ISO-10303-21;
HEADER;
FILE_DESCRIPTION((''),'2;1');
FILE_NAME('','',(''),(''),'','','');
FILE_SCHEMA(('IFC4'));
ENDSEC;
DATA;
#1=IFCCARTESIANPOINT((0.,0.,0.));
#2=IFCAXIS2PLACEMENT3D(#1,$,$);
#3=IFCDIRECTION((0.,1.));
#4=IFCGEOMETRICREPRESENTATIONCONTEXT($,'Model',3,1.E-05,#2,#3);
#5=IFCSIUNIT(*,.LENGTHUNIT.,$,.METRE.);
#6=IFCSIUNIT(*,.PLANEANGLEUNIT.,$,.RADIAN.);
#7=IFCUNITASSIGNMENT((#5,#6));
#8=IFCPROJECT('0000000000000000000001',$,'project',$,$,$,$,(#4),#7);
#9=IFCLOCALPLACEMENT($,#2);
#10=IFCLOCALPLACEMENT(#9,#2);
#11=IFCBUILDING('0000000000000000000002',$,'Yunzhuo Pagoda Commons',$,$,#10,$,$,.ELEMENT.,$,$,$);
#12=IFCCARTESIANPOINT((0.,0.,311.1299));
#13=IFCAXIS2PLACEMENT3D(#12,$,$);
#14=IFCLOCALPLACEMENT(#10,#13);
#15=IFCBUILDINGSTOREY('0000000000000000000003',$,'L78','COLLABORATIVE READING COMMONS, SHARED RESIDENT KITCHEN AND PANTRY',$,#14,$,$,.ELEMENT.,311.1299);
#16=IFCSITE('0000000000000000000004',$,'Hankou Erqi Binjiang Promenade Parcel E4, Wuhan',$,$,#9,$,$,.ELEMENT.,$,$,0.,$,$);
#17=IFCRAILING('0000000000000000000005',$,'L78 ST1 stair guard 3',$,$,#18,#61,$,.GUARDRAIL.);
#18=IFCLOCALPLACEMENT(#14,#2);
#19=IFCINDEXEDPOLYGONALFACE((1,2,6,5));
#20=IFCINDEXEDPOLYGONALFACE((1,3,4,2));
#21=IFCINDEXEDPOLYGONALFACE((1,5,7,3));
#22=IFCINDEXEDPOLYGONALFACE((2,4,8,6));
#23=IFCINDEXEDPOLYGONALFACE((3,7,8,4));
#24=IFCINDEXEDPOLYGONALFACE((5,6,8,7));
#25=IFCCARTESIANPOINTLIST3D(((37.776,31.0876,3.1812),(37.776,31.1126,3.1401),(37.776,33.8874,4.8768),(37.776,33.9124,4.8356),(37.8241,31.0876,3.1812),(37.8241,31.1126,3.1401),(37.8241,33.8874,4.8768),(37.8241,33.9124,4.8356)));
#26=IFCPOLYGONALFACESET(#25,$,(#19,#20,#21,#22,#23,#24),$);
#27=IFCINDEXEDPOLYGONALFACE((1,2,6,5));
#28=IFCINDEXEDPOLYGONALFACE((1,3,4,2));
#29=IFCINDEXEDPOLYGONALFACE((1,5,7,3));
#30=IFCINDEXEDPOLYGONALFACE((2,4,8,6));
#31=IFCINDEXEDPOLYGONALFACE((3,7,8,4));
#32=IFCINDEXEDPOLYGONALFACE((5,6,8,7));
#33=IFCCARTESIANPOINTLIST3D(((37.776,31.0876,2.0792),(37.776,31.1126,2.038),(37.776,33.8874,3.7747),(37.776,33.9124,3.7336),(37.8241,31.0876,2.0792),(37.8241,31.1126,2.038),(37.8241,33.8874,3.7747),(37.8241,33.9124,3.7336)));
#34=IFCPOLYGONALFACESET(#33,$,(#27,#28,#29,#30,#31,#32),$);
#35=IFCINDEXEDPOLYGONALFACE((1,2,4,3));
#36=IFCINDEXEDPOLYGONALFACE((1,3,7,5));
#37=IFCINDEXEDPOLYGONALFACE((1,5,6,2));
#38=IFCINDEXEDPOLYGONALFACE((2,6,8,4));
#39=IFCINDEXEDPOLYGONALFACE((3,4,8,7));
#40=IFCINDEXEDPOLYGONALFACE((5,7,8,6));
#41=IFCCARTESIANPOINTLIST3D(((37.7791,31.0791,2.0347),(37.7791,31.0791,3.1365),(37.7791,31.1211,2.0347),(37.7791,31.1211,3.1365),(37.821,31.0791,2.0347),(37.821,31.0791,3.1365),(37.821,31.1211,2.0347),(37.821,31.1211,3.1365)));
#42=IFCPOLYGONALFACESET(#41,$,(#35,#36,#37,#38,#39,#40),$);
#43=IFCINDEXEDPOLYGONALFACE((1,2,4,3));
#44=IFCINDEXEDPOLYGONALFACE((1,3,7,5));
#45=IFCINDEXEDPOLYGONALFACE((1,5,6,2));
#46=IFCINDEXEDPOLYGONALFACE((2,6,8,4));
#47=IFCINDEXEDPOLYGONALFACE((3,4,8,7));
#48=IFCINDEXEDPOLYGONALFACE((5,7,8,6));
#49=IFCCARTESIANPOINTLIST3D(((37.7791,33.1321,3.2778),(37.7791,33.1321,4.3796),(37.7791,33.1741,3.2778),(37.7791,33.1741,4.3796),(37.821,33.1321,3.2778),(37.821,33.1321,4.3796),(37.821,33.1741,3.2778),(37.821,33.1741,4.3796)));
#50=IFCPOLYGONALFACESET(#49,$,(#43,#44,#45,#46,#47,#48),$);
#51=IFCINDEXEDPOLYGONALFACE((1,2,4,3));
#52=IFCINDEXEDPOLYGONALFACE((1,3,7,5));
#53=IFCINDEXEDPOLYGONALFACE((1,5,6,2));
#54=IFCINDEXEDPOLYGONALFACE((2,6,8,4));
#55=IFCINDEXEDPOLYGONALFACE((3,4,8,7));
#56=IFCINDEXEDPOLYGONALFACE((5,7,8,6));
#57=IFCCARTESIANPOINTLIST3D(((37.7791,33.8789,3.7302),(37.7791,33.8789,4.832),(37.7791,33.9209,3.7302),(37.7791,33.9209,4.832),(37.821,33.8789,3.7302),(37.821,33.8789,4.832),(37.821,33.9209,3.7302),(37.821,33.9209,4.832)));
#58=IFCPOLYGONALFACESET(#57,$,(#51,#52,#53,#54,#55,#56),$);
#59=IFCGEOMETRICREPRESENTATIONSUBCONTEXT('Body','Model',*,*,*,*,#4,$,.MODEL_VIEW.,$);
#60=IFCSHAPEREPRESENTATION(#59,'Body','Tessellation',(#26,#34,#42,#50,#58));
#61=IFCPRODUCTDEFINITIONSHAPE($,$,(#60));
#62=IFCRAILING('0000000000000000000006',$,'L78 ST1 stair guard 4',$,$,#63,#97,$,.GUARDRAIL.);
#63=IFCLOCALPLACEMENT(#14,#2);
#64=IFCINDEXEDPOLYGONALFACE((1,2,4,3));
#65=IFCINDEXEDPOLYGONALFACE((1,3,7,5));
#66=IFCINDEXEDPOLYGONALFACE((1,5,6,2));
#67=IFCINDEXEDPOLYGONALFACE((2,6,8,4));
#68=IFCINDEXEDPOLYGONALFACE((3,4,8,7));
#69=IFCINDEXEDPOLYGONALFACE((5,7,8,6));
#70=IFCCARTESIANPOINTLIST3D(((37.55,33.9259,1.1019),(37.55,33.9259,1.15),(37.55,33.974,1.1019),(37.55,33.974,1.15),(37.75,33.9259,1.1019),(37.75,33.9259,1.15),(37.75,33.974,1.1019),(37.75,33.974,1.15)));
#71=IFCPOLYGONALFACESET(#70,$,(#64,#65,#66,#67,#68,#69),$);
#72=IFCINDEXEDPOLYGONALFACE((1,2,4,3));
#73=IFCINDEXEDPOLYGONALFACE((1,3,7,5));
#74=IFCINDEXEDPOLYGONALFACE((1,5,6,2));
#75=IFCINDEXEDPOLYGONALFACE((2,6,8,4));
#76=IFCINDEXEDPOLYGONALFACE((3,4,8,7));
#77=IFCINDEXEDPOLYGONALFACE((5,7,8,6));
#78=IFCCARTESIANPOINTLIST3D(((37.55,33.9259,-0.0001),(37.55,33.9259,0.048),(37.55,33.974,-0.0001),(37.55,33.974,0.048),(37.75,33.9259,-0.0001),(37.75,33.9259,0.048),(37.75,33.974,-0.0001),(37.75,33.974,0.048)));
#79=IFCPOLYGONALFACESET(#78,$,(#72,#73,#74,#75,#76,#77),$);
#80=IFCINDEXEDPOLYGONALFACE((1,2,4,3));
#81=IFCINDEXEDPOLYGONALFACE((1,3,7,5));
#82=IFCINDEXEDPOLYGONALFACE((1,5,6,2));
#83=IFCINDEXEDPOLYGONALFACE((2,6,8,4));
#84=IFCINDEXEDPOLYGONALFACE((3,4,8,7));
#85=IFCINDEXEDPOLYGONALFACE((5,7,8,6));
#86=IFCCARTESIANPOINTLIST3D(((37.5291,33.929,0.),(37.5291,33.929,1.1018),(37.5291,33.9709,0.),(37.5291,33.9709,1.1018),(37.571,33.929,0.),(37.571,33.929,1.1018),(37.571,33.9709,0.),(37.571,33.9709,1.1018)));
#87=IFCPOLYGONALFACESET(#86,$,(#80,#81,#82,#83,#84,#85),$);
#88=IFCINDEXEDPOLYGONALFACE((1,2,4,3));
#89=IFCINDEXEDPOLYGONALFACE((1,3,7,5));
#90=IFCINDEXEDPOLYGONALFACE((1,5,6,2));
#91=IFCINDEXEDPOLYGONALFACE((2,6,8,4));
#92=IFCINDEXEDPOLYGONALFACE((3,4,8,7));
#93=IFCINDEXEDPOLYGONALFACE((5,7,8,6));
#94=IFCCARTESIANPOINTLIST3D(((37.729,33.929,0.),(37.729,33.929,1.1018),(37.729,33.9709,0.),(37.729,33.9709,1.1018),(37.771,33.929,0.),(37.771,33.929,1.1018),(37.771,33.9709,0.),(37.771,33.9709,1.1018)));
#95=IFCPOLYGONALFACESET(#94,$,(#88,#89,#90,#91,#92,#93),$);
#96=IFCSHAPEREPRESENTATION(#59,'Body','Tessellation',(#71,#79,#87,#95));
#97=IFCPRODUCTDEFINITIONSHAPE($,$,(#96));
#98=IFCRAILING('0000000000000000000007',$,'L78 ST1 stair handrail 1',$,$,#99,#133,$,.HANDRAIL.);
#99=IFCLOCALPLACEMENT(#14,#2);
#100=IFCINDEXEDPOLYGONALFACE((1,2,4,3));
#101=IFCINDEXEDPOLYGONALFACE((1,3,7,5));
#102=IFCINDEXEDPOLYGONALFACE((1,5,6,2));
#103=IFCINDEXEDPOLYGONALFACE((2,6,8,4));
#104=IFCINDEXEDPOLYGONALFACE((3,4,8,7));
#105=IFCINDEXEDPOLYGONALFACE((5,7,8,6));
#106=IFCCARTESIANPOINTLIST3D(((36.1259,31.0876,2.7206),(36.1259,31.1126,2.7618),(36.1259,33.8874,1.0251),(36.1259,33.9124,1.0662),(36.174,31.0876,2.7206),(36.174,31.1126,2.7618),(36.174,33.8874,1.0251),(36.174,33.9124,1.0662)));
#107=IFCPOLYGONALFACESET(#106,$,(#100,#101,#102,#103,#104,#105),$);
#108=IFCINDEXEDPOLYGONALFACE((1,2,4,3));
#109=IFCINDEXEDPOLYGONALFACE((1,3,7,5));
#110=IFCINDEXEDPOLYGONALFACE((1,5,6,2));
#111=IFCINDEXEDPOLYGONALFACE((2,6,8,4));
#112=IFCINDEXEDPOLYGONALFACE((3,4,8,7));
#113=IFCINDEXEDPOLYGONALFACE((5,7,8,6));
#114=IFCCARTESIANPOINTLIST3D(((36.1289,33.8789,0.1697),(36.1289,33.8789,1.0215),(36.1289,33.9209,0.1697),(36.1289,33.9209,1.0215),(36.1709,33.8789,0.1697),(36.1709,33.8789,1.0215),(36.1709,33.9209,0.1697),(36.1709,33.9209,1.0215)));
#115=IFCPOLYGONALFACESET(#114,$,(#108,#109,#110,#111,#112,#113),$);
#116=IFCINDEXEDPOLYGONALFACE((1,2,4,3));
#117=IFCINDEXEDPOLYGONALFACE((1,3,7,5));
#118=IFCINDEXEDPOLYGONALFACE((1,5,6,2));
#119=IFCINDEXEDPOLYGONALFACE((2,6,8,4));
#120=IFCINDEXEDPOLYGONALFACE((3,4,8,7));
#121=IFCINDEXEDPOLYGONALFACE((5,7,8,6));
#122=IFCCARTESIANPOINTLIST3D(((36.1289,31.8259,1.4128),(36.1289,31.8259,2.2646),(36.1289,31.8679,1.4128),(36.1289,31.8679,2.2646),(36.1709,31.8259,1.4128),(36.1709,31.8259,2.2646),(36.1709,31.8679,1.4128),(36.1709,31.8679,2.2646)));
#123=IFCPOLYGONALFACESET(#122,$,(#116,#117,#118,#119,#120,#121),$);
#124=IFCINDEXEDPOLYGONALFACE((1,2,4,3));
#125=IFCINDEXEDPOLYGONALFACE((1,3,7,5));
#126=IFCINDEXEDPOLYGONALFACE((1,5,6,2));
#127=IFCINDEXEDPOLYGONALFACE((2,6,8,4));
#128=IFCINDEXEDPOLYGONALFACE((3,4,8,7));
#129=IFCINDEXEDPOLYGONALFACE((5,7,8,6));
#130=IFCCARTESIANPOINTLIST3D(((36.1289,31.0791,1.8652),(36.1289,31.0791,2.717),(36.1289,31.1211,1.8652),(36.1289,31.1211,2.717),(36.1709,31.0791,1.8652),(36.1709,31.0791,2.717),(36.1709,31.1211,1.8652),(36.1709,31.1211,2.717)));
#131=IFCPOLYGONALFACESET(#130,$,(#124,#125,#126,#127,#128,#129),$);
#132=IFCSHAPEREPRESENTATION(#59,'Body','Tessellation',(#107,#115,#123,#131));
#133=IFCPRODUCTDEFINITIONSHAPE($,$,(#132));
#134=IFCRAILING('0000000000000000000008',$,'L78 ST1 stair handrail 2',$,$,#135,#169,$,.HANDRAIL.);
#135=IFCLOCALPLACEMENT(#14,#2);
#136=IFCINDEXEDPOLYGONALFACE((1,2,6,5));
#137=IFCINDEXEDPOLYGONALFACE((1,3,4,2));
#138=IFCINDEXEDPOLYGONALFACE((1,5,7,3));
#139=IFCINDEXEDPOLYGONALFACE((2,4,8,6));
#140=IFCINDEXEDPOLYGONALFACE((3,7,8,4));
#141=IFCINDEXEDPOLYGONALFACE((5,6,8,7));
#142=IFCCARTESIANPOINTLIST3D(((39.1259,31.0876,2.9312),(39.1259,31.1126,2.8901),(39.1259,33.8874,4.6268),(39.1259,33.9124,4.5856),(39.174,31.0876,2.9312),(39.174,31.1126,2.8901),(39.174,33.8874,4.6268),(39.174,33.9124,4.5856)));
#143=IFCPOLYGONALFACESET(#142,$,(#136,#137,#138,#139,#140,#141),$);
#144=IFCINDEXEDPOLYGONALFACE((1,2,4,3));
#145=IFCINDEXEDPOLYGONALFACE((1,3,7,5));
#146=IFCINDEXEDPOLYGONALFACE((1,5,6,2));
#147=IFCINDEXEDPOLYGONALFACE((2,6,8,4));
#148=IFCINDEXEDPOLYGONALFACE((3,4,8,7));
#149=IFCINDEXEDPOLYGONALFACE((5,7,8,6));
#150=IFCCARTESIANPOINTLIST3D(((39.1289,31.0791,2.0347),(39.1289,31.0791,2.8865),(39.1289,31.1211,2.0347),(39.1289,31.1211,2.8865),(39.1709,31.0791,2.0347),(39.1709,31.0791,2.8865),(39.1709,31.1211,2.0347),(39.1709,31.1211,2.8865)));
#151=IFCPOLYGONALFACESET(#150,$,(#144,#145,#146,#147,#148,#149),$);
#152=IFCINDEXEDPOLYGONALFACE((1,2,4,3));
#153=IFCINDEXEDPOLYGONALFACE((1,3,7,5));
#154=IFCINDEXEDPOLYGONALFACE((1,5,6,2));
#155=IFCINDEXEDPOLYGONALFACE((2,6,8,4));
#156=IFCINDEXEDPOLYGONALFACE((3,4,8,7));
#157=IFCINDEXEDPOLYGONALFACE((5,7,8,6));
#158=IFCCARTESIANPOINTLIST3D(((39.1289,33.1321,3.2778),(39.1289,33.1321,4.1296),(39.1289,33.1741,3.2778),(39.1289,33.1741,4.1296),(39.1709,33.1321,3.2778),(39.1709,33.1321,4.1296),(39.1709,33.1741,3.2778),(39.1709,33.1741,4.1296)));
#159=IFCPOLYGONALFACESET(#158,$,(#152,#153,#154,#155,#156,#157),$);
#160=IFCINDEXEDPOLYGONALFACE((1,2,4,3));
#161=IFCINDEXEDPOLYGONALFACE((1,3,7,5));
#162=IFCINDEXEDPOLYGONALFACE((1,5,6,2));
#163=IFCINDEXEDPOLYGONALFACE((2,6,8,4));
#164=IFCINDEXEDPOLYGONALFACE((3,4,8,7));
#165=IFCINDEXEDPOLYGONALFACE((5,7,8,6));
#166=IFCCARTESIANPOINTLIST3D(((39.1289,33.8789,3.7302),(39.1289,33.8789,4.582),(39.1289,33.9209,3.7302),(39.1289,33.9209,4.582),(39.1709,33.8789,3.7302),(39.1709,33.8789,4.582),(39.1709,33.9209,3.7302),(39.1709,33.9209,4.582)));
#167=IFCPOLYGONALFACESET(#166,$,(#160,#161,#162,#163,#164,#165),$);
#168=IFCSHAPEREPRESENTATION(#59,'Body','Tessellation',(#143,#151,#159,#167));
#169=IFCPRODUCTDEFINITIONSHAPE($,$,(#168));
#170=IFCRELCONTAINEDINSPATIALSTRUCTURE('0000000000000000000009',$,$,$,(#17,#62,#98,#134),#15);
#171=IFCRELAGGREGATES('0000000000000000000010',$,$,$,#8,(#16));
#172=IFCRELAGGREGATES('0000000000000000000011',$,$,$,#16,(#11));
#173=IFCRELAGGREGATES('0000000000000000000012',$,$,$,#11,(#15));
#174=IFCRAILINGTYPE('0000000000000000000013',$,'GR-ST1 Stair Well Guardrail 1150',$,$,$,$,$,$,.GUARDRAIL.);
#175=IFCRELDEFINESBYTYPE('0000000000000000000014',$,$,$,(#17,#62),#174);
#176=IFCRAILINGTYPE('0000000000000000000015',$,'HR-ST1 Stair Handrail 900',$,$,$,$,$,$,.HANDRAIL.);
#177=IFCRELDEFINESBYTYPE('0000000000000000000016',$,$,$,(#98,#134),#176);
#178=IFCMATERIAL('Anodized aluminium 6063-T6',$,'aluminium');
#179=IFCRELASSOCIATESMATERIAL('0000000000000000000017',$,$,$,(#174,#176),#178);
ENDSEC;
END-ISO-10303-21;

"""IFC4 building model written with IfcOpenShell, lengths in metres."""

from ifc_helpers import new_model, si_unit, direction, frame, origin, origin_2d, place, context, subcontext, project, spatial, rectangle, extrude, material, type_object, element, save


model = new_model("IFC4")

# Units and contexts
model_context = context("Model", 3, precision=1e-05, world=origin(), true_north=direction((0.0, 1.0)))
body_context = subcontext(model_context, "Body", "Model", "MODEL_VIEW")
ifc_project = project(units=[si_unit("LENGTHUNIT", "METRE"), si_unit("PLANEANGLEUNIT", "RADIAN")], contexts=[model_context])

# Site, building, storey
site_placement = place(None, origin())
site = spatial("IfcSite", under=ifc_project, at=site_placement, Name="Hankou Erqi Binjiang Promenade Parcel E4, Wuhan", CompositionType="ELEMENT", RefElevation=0.0)
building_placement = place(site_placement, origin())
building = spatial("IfcBuilding", under=site, at=building_placement, Name="Yunzhuo Pagoda Commons", CompositionType="ELEMENT")
storey_placement = place(building_placement, frame((0.0, 0.0, 311.1299)))
storey = spatial("IfcBuildingStorey", under=building, at=storey_placement, Name="L78", Description="COLLABORATIVE READING COMMONS, SHARED RESIDENT KITCHEN AND PANTRY", CompositionType="ELEMENT", Elevation=311.1299)

# Railings
ifc_material_1 = material(Name="Anodized aluminium 6063-T6", Category="aluminium")
railing_type_1 = type_object("IfcRailingType", Name="GR-ST1 Stair Well Guardrail 1150", PredefinedType="GUARDRAIL", material=ifc_material_1)
railing_1_placement = place(storey_placement, frame((37.8, 31.1001, 2.0347)))
element("IfcRailing", 1, at=railing_1_placement, inside=storey, type_object=railing_type_1, Name="L78 ST1 stair guard 3", PredefinedType="GUARDRAIL", context=body_context, shape_type="SweptSolid", body=[
    extrude(rectangle(XDim=0.0481, YDim=0.0481, at=origin_2d()), frame((0.0, 0.0, 1.126), z_axis=(0.0, 0.855373, 0.518012), x_axis=(-1.0, 0.0, 0.0)), (0.0, 0.0, 1.0), 3.2732),
    extrude(rectangle(XDim=0.0481, YDim=0.0481, at=origin_2d()), frame((0.0, 0.0, 0.0239), z_axis=(0.0, 0.855373, 0.518012), x_axis=(-1.0, 0.0, 0.0)), (0.0, 0.0, 1.0), 3.2732),
    extrude(rectangle(XDim=0.042, YDim=0.042, at=origin_2d()), origin(), (0.0, 0.0, 1.0), 1.1018),
    extrude(rectangle(XDim=0.042, YDim=0.042, at=origin_2d()), frame((0.0, 2.053, 1.2432)), (0.0, 0.0, 1.0), 1.1018),
    extrude(rectangle(XDim=0.042, YDim=0.042, at=origin_2d()), frame((0.0, 2.7998, 1.6956)), (0.0, 0.0, 1.0), 1.1018),
])
railing_2_placement = place(storey_placement, frame((37.55, 33.95, 0.0)))
element("IfcRailing", 2, at=railing_2_placement, inside=storey, type_object=railing_type_1, Name="L78 ST1 stair guard 4", PredefinedType="GUARDRAIL", context=body_context, shape_type="SweptSolid", body=[
    extrude(rectangle(XDim=0.0481, YDim=0.0481, at=origin_2d()), frame((0.0, 0.0, 1.126), z_axis=(1.0, 0.0, 0.0), x_axis=(0.0, 1.0, 0.0)), (0.0, 0.0, 1.0), 0.2),
    extrude(rectangle(XDim=0.0481, YDim=0.0481, at=origin_2d()), frame((0.0, 0.0, 0.0239), z_axis=(1.0, 0.0, 0.0), x_axis=(0.0, 1.0, 0.0)), (0.0, 0.0, 1.0), 0.2),
    extrude(rectangle(XDim=0.042, YDim=0.042, at=origin_2d()), origin(), (0.0, 0.0, 1.0), 1.1018),
    extrude(rectangle(XDim=0.042, YDim=0.042, at=origin_2d()), frame((0.2, 0.0, 0.0)), (0.0, 0.0, 1.0), 1.1018),
])
railing_type_2 = type_object("IfcRailingType", Name="HR-ST1 Stair Handrail 900", PredefinedType="HANDRAIL", material=ifc_material_1)
railing_3_placement = place(storey_placement, frame((36.1499, 33.8999, 0.1697)))
element("IfcRailing", 3, at=railing_3_placement, inside=storey, type_object=railing_type_2, Name="L78 ST1 stair handrail 1", PredefinedType="HANDRAIL", context=body_context, shape_type="SweptSolid", body=[
    extrude(rectangle(XDim=0.0481, YDim=0.0481, at=origin_2d()), frame((0.0, 0.0, 0.876), z_axis=(0.0, -0.855373, 0.518012), x_axis=(1.0, 0.0, 0.0)), (0.0, 0.0, 1.0), 3.2732),
    extrude(rectangle(XDim=0.042, YDim=0.042, at=origin_2d()), origin(), (0.0, 0.0, 1.0), 0.8518),
    extrude(rectangle(XDim=0.042, YDim=0.042, at=origin_2d()), frame((0.0, -2.053, 1.2432)), (0.0, 0.0, 1.0), 0.8518),
    extrude(rectangle(XDim=0.042, YDim=0.042, at=origin_2d()), frame((0.0, -2.7998, 1.6956)), (0.0, 0.0, 1.0), 0.8518),
])
railing_4_placement = place(storey_placement, frame((39.1499, 31.1001, 2.0347)))
element("IfcRailing", 4, at=railing_4_placement, inside=storey, type_object=railing_type_2, Name="L78 ST1 stair handrail 2", PredefinedType="HANDRAIL", context=body_context, shape_type="SweptSolid", body=[
    extrude(rectangle(XDim=0.0481, YDim=0.0481, at=origin_2d()), frame((0.0, 0.0, 0.876), z_axis=(0.0, 0.855373, 0.518012), x_axis=(-1.0, 0.0, 0.0)), (0.0, 0.0, 1.0), 3.2732),
    extrude(rectangle(XDim=0.042, YDim=0.042, at=origin_2d()), origin(), (0.0, 0.0, 1.0), 0.8518),
    extrude(rectangle(XDim=0.042, YDim=0.042, at=origin_2d()), frame((0.0, 2.053, 1.2432)), (0.0, 0.0, 1.0), 0.8518),
    extrude(rectangle(XDim=0.042, YDim=0.042, at=origin_2d()), frame((0.0, 2.7998, 1.6956)), (0.0, 0.0, 1.0), 0.8518),
])

save(model, "model.ifc")
